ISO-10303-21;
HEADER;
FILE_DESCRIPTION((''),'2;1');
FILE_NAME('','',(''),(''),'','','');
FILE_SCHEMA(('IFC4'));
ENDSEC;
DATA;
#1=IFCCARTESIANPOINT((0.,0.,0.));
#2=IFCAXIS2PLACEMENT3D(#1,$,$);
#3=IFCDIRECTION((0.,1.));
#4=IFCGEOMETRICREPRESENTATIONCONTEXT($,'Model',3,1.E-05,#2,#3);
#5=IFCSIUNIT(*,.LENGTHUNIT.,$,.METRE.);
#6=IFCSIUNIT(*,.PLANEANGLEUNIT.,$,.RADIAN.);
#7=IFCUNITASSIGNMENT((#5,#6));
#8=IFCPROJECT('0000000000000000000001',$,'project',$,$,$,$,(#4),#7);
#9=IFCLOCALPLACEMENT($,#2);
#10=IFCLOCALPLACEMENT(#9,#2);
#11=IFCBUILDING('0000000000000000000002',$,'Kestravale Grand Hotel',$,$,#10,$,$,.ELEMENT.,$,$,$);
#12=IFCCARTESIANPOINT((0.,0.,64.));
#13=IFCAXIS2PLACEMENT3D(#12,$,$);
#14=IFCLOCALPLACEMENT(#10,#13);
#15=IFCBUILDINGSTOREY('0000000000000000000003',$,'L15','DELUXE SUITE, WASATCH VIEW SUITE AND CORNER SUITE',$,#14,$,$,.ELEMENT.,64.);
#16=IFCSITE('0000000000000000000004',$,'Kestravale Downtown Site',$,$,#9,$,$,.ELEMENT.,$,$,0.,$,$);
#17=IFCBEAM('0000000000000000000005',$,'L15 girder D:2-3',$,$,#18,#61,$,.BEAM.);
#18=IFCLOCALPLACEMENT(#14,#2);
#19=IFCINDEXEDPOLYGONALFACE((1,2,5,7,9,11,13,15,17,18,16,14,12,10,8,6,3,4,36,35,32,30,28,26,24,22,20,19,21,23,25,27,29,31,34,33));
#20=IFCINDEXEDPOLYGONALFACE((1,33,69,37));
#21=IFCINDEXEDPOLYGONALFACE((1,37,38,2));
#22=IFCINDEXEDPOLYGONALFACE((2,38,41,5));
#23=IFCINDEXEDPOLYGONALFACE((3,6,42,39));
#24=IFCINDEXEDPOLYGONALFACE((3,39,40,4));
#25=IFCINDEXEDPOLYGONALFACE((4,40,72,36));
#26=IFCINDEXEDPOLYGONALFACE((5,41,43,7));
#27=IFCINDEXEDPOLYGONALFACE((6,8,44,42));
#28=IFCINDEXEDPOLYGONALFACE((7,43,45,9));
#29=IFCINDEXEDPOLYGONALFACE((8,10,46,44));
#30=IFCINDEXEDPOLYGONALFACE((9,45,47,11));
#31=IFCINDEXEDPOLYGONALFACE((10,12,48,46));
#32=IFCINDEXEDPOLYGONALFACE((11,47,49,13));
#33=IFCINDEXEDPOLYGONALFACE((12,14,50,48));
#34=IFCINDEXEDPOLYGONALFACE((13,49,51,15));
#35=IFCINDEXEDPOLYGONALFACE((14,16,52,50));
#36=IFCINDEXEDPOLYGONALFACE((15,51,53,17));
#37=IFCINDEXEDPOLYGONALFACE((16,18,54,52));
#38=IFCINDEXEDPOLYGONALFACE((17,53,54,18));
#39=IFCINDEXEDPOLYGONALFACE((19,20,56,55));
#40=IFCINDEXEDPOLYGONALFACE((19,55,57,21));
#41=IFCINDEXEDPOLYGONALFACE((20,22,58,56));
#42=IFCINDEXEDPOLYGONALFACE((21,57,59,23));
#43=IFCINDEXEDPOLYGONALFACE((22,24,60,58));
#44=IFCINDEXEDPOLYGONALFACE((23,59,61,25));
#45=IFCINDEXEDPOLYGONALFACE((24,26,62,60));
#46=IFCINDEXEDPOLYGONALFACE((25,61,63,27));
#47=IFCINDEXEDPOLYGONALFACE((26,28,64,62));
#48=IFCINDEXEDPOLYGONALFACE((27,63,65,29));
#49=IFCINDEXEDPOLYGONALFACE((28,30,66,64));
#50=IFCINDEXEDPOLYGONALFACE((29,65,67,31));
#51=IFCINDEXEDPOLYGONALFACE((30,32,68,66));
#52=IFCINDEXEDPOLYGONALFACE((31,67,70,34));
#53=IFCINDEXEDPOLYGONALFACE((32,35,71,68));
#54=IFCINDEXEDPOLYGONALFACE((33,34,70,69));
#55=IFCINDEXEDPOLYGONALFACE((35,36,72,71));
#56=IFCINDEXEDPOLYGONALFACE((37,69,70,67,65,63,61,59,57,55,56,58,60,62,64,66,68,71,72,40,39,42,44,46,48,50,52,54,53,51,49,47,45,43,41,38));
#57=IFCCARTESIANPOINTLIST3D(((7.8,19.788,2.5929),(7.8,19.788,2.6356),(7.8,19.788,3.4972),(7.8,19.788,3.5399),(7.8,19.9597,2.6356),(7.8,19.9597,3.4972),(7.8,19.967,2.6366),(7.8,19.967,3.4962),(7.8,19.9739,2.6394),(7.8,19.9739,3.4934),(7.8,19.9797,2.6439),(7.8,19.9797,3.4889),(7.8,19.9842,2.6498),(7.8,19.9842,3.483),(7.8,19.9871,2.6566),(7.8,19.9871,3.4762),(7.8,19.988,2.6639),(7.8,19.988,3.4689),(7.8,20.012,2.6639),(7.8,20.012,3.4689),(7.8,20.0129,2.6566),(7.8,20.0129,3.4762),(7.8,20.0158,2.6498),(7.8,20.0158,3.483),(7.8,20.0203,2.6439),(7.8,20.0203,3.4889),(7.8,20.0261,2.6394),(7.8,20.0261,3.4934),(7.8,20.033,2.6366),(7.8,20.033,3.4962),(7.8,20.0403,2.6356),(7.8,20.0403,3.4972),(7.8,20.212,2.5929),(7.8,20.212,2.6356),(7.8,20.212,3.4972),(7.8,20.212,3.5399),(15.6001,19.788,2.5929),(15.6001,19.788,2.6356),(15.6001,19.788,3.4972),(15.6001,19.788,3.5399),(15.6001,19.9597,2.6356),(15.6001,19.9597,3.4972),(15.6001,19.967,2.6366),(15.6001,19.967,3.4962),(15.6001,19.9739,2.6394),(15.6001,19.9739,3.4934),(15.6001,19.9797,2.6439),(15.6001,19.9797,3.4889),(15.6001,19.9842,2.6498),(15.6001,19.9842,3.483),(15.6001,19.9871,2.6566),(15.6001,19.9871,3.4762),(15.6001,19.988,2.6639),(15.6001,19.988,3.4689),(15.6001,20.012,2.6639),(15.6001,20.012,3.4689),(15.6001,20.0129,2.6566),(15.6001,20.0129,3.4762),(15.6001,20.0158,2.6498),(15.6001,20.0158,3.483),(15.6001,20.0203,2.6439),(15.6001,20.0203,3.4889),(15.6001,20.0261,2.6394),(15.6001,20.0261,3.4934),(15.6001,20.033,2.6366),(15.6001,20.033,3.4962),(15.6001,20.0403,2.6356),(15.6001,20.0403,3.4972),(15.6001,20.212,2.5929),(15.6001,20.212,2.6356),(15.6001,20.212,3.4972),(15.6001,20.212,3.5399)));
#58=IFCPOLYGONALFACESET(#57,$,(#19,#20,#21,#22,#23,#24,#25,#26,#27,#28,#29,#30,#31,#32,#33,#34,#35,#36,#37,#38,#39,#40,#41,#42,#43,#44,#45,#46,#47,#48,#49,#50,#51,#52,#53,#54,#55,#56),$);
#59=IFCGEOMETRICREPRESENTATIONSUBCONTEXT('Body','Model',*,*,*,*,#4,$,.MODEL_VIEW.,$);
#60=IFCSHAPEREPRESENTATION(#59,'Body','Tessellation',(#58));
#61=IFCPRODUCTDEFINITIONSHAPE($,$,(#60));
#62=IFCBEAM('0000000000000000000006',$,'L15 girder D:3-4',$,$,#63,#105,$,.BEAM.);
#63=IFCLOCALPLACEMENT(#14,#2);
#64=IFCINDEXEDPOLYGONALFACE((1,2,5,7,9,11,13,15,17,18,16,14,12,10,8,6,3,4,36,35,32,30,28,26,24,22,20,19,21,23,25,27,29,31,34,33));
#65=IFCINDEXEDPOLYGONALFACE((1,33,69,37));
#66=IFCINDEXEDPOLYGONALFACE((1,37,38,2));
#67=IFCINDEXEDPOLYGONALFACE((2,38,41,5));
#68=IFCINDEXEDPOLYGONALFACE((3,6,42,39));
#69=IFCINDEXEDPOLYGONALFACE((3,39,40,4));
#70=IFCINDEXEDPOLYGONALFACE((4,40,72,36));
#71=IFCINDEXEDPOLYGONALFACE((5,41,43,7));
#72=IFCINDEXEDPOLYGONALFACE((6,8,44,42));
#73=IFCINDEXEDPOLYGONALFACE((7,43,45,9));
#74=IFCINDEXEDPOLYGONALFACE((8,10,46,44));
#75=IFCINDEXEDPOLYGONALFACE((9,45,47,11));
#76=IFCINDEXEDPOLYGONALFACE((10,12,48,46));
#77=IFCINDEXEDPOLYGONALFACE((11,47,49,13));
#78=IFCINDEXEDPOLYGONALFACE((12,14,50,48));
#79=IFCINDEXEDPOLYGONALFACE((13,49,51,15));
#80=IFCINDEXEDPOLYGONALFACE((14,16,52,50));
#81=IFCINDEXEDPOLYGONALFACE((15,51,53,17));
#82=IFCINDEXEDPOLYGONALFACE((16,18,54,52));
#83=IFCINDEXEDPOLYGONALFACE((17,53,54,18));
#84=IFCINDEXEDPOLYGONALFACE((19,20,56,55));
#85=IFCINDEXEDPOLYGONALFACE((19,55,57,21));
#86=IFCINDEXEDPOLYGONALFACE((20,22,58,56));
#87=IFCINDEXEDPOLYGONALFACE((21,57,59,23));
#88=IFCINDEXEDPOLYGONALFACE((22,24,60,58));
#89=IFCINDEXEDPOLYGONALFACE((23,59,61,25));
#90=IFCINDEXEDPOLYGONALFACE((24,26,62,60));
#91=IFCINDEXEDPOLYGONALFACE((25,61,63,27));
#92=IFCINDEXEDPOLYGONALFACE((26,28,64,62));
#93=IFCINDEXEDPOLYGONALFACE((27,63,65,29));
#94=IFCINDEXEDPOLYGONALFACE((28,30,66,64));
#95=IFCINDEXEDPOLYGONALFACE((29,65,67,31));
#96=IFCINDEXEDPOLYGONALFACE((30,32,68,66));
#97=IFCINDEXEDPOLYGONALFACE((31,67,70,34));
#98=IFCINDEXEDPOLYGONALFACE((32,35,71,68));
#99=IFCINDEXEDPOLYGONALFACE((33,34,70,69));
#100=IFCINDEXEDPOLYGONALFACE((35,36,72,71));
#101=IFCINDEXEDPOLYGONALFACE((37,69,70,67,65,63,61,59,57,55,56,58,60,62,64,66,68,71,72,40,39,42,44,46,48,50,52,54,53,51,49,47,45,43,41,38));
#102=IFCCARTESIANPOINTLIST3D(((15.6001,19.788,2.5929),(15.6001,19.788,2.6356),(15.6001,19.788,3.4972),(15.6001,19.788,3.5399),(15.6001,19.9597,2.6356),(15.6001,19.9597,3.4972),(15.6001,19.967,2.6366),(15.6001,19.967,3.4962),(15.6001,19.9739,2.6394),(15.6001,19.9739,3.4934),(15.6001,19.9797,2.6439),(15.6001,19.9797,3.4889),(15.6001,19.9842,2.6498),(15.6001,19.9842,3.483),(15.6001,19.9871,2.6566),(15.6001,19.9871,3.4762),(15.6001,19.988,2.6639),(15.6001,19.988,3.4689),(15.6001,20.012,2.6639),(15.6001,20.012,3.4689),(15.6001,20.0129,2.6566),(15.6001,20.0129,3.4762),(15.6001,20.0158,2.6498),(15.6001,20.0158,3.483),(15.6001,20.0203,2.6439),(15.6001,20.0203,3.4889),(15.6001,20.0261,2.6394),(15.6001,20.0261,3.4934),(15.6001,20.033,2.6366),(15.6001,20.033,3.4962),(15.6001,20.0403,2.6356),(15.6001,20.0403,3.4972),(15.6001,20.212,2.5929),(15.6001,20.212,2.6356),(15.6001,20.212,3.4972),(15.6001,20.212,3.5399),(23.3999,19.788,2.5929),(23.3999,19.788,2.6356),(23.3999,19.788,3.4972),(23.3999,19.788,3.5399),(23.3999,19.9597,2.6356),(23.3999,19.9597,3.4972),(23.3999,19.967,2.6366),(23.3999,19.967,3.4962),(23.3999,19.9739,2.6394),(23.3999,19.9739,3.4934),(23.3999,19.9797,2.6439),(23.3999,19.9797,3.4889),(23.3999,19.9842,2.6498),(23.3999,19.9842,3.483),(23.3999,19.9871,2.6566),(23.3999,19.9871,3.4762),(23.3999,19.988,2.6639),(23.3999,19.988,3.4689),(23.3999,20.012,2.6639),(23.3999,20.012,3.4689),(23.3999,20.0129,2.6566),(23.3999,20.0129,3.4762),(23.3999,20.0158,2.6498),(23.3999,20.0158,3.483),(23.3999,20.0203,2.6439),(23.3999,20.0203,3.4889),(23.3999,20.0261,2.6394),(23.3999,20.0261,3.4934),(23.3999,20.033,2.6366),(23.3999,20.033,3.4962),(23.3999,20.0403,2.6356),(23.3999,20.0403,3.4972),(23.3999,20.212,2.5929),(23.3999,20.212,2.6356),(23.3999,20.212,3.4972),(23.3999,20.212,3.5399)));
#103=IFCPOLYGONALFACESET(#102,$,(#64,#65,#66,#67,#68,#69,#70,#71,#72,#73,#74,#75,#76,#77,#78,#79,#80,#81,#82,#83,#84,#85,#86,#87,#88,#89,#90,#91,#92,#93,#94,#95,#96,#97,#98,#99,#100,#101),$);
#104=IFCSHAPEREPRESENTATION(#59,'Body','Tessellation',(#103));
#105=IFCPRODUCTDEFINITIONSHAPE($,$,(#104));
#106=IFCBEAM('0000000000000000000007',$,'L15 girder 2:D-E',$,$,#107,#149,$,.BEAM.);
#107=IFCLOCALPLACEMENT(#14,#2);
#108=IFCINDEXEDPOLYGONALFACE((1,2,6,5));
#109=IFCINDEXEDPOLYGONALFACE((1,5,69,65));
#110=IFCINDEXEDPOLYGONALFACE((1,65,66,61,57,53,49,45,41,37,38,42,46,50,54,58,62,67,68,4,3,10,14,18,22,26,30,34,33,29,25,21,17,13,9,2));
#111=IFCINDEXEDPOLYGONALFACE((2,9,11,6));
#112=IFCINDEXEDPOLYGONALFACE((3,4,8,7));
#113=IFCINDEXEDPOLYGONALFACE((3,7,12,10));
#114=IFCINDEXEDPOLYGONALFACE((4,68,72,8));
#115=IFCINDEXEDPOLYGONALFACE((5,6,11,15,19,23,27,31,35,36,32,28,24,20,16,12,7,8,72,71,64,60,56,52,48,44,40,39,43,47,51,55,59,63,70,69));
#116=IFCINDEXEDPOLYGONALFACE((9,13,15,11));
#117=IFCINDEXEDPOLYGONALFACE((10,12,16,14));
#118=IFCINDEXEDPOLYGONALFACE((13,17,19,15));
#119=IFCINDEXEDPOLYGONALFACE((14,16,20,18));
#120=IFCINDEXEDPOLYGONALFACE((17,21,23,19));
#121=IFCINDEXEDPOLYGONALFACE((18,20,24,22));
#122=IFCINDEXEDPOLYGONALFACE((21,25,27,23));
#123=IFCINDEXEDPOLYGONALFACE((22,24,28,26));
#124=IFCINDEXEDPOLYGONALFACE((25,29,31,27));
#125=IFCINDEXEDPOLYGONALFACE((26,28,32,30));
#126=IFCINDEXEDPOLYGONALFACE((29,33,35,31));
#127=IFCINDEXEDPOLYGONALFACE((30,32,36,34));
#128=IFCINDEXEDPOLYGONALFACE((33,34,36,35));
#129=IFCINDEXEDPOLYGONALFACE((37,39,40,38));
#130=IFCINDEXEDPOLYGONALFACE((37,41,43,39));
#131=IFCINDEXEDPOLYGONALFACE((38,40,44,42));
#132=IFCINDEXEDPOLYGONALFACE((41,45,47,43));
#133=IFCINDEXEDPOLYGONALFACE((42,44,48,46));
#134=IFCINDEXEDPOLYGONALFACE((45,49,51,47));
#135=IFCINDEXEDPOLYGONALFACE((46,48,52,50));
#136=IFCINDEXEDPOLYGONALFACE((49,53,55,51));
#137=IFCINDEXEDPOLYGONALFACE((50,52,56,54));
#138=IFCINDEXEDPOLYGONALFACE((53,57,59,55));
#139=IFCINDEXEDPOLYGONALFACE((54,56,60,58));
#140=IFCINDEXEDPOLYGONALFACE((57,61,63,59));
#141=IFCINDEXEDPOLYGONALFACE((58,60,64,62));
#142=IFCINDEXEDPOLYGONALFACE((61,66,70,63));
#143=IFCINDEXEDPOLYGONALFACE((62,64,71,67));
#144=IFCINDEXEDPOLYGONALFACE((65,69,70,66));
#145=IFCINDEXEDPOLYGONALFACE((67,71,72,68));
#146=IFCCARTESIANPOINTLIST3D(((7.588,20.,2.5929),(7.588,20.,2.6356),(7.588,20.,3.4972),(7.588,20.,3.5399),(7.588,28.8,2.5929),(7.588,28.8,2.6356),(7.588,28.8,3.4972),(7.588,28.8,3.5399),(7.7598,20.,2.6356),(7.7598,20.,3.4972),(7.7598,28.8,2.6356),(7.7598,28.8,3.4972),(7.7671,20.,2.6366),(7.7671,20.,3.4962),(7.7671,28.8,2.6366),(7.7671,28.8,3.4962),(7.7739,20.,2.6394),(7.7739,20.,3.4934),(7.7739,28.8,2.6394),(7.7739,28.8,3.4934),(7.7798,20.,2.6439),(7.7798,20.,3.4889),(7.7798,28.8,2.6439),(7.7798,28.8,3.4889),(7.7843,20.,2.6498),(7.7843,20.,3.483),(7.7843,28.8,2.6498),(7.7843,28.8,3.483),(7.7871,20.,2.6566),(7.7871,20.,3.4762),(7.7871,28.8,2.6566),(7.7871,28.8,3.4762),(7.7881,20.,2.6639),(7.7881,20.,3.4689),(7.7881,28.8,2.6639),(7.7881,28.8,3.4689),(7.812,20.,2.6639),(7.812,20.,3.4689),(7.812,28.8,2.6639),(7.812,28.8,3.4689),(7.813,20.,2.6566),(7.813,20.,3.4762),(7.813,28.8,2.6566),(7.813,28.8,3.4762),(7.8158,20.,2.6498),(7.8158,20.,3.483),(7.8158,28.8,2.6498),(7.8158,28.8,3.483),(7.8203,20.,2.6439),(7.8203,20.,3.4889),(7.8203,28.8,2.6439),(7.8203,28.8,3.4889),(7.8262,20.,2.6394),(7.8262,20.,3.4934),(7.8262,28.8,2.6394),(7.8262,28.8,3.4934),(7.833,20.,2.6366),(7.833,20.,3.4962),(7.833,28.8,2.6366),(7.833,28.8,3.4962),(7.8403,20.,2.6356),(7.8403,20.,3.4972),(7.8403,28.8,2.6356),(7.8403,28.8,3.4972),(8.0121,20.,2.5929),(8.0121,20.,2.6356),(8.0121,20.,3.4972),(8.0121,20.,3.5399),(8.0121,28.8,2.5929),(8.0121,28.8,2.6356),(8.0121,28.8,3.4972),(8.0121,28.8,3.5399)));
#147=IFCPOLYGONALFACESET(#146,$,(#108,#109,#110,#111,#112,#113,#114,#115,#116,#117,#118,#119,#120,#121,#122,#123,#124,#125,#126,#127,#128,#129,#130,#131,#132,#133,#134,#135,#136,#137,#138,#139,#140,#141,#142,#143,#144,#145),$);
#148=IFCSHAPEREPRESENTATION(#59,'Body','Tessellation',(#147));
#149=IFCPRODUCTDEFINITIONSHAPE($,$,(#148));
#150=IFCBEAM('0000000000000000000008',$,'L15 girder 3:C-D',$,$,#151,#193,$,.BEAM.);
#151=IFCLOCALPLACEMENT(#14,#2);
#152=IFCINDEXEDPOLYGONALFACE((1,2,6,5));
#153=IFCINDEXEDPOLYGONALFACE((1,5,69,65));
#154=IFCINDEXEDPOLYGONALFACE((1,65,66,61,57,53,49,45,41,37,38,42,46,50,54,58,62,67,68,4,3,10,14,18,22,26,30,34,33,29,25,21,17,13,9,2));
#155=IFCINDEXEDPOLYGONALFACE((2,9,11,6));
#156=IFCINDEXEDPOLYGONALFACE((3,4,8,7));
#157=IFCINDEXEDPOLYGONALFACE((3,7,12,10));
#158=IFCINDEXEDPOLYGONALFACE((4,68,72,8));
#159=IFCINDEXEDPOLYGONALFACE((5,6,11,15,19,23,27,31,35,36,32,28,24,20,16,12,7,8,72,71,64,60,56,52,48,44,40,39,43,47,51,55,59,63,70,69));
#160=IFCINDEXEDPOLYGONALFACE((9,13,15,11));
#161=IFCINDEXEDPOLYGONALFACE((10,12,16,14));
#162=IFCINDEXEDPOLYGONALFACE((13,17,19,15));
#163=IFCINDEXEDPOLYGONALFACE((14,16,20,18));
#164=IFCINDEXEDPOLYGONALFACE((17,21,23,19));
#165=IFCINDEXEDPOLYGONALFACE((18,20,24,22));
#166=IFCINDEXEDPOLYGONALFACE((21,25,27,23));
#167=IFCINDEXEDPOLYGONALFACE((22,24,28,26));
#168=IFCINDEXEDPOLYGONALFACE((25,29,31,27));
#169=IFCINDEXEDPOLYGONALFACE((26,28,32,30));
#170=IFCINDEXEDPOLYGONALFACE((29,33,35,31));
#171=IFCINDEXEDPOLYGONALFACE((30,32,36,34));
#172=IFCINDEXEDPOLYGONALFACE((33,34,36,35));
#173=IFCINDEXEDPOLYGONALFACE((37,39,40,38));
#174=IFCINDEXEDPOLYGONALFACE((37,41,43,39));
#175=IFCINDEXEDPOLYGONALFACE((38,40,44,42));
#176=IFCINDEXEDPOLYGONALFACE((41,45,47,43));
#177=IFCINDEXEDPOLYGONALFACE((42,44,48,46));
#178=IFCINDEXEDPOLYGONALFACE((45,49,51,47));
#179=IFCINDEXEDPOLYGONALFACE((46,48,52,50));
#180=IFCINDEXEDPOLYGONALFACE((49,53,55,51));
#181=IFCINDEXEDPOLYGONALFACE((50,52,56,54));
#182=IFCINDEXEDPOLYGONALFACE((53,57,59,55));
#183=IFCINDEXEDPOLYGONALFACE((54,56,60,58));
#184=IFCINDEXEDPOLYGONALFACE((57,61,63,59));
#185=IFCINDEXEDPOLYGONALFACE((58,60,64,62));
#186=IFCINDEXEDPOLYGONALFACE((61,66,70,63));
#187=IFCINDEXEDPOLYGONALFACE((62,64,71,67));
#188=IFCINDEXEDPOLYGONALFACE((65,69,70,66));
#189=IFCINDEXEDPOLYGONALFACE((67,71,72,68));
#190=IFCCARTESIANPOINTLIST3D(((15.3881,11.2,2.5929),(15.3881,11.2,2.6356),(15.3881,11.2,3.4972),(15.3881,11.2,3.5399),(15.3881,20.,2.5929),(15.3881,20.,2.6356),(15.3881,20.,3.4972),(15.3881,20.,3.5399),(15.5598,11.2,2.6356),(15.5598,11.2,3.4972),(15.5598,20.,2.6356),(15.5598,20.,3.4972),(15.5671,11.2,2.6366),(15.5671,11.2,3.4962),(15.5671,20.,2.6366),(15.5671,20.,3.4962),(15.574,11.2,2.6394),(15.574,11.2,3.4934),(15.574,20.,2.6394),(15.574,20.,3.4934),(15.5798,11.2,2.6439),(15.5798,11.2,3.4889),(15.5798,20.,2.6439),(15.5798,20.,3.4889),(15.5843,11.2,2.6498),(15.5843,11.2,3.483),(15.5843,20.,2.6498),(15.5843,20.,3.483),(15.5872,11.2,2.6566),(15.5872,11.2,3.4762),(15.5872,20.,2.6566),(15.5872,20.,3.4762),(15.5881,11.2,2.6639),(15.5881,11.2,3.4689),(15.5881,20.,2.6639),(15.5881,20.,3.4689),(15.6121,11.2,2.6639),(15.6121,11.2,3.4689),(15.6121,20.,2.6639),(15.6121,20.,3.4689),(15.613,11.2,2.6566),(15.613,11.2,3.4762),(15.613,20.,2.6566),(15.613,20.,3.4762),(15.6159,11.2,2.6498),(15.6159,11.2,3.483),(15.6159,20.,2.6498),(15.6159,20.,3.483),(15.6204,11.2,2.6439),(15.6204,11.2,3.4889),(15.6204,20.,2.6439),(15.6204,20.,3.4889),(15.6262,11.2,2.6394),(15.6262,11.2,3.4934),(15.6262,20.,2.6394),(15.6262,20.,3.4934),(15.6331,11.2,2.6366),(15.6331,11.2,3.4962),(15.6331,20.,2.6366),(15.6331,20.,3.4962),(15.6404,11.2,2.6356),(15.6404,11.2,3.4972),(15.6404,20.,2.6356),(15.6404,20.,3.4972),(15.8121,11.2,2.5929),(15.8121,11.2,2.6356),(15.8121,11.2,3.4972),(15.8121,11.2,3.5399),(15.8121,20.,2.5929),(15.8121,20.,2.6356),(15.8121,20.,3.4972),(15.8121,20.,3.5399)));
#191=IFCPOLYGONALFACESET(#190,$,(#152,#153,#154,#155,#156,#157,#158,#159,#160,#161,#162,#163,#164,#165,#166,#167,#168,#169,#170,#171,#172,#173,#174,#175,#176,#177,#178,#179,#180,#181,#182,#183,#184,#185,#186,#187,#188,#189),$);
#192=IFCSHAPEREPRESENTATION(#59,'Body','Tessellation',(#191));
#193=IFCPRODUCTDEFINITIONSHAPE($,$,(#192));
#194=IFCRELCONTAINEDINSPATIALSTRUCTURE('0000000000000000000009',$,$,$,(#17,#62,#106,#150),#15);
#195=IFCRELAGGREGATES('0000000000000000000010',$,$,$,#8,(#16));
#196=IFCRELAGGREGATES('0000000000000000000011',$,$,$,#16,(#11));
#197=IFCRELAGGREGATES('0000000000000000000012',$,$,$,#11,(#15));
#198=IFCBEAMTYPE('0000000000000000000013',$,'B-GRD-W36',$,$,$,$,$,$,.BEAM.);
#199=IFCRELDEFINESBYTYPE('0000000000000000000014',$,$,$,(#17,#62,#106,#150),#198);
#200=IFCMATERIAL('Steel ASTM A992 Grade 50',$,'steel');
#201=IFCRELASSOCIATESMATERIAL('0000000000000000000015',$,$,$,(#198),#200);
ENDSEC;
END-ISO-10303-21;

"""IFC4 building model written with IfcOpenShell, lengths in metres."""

from ifc_helpers import new_model, si_unit, direction, frame, origin, origin_2d, place, context, subcontext, project, spatial, i_section, extrude, material, material_profile, profile_set, type_object, element, save


model = new_model("IFC4")

# Units and contexts
model_context = context("Model", 3, precision=1e-05, world=origin(), true_north=direction((0.0, 1.0)))
body_context = subcontext(model_context, "Body", "Model", "MODEL_VIEW")
ifc_project = project(units=[si_unit("LENGTHUNIT", "METRE"), si_unit("PLANEANGLEUNIT", "RADIAN")], contexts=[model_context])

# Site, building, storey
site_placement = place(None, origin())
site = spatial("IfcSite", under=ifc_project, at=site_placement, Name="Kestravale Downtown Site", CompositionType="ELEMENT", RefElevation=0.0)
building_placement = place(site_placement, origin())
building = spatial("IfcBuilding", under=site, at=building_placement, Name="Kestravale Grand Hotel", CompositionType="ELEMENT")
storey_placement = place(building_placement, frame((0.0, 0.0, 64.0)))
storey = spatial("IfcBuildingStorey", under=building, at=storey_placement, Name="L15", Description="DELUXE SUITE, WASATCH VIEW SUITE AND CORNER SUITE", CompositionType="ELEMENT", Elevation=64.0)

# Beams
ifc_material_1 = material(Name="Steel ASTM A992 Grade 50", Category="steel")
ifc_material_profile_1 = material_profile(ifc_material_1, i_section(OverallWidth=0.4241, OverallDepth=0.947, WebThickness=0.0239, FlangeThickness=0.0427, FilletRadius=0.0283, at=origin_2d()))
ifc_profile_set_1 = profile_set([ifc_material_profile_1], Name="Steel ASTM A992 Grade 50")
beam_type_1 = type_object("IfcBeamType", Name="B-GRD-W36", PredefinedType="BEAM", material=ifc_profile_set_1)
beam_1_placement = place(storey_placement, frame((7.8, 20.0, 3.0664), z_axis=(1.0, 0.0, 0.0), x_axis=(0.0, 1.0, 0.0)))
element("IfcBeam", 1, at=beam_1_placement, inside=storey, type_object=beam_type_1, Name="L15 girder D:2-3", PredefinedType="BEAM", context=body_context, shape_type="SweptSolid", body=[
    extrude(i_section(OverallWidth=0.4241, OverallDepth=0.947, WebThickness=0.0239, FlangeThickness=0.0427, FilletRadius=0.0283, at=origin_2d()), origin(), (0.0, 0.0, 1.0), 7.8),
])
beam_2_placement = place(storey_placement, frame((15.6001, 20.0, 3.0664), z_axis=(1.0, 0.0, 0.0), x_axis=(0.0, 1.0, 0.0)))
element("IfcBeam", 2, at=beam_2_placement, inside=storey, type_object=beam_type_1, Name="L15 girder D:3-4", PredefinedType="BEAM", context=body_context, shape_type="SweptSolid", body=[
    extrude(i_section(OverallWidth=0.4241, OverallDepth=0.947, WebThickness=0.0239, FlangeThickness=0.0427, FilletRadius=0.0283, at=origin_2d()), origin(), (0.0, 0.0, 1.0), 7.7998),
])
for number, where, z_axis, x_axis, name in (
    (3, (7.8, 20.0, 3.0664), (0.0, 1.0, 0.0), (-1.0, 0.0, 0.0), "L15 girder 2:D-E"),
    (4, (15.6001, 11.2, 3.0664), (0.0, 1.0, 0.0), (-1.0, 0.0, 0.0), "L15 girder 3:C-D"),
):
    element("IfcBeam", number, at=place(storey_placement, frame(where, z_axis=z_axis, x_axis=x_axis)), inside=storey, type_object=beam_type_1, Name=name, PredefinedType="BEAM", context=body_context, shape_type="SweptSolid", body=[
        extrude(i_section(OverallWidth=0.4241, OverallDepth=0.947, WebThickness=0.0239, FlangeThickness=0.0427, FilletRadius=0.0283, at=origin_2d()), origin(), (0.0, 0.0, 1.0), 8.8),
    ])

save(model, "model.ifc")
